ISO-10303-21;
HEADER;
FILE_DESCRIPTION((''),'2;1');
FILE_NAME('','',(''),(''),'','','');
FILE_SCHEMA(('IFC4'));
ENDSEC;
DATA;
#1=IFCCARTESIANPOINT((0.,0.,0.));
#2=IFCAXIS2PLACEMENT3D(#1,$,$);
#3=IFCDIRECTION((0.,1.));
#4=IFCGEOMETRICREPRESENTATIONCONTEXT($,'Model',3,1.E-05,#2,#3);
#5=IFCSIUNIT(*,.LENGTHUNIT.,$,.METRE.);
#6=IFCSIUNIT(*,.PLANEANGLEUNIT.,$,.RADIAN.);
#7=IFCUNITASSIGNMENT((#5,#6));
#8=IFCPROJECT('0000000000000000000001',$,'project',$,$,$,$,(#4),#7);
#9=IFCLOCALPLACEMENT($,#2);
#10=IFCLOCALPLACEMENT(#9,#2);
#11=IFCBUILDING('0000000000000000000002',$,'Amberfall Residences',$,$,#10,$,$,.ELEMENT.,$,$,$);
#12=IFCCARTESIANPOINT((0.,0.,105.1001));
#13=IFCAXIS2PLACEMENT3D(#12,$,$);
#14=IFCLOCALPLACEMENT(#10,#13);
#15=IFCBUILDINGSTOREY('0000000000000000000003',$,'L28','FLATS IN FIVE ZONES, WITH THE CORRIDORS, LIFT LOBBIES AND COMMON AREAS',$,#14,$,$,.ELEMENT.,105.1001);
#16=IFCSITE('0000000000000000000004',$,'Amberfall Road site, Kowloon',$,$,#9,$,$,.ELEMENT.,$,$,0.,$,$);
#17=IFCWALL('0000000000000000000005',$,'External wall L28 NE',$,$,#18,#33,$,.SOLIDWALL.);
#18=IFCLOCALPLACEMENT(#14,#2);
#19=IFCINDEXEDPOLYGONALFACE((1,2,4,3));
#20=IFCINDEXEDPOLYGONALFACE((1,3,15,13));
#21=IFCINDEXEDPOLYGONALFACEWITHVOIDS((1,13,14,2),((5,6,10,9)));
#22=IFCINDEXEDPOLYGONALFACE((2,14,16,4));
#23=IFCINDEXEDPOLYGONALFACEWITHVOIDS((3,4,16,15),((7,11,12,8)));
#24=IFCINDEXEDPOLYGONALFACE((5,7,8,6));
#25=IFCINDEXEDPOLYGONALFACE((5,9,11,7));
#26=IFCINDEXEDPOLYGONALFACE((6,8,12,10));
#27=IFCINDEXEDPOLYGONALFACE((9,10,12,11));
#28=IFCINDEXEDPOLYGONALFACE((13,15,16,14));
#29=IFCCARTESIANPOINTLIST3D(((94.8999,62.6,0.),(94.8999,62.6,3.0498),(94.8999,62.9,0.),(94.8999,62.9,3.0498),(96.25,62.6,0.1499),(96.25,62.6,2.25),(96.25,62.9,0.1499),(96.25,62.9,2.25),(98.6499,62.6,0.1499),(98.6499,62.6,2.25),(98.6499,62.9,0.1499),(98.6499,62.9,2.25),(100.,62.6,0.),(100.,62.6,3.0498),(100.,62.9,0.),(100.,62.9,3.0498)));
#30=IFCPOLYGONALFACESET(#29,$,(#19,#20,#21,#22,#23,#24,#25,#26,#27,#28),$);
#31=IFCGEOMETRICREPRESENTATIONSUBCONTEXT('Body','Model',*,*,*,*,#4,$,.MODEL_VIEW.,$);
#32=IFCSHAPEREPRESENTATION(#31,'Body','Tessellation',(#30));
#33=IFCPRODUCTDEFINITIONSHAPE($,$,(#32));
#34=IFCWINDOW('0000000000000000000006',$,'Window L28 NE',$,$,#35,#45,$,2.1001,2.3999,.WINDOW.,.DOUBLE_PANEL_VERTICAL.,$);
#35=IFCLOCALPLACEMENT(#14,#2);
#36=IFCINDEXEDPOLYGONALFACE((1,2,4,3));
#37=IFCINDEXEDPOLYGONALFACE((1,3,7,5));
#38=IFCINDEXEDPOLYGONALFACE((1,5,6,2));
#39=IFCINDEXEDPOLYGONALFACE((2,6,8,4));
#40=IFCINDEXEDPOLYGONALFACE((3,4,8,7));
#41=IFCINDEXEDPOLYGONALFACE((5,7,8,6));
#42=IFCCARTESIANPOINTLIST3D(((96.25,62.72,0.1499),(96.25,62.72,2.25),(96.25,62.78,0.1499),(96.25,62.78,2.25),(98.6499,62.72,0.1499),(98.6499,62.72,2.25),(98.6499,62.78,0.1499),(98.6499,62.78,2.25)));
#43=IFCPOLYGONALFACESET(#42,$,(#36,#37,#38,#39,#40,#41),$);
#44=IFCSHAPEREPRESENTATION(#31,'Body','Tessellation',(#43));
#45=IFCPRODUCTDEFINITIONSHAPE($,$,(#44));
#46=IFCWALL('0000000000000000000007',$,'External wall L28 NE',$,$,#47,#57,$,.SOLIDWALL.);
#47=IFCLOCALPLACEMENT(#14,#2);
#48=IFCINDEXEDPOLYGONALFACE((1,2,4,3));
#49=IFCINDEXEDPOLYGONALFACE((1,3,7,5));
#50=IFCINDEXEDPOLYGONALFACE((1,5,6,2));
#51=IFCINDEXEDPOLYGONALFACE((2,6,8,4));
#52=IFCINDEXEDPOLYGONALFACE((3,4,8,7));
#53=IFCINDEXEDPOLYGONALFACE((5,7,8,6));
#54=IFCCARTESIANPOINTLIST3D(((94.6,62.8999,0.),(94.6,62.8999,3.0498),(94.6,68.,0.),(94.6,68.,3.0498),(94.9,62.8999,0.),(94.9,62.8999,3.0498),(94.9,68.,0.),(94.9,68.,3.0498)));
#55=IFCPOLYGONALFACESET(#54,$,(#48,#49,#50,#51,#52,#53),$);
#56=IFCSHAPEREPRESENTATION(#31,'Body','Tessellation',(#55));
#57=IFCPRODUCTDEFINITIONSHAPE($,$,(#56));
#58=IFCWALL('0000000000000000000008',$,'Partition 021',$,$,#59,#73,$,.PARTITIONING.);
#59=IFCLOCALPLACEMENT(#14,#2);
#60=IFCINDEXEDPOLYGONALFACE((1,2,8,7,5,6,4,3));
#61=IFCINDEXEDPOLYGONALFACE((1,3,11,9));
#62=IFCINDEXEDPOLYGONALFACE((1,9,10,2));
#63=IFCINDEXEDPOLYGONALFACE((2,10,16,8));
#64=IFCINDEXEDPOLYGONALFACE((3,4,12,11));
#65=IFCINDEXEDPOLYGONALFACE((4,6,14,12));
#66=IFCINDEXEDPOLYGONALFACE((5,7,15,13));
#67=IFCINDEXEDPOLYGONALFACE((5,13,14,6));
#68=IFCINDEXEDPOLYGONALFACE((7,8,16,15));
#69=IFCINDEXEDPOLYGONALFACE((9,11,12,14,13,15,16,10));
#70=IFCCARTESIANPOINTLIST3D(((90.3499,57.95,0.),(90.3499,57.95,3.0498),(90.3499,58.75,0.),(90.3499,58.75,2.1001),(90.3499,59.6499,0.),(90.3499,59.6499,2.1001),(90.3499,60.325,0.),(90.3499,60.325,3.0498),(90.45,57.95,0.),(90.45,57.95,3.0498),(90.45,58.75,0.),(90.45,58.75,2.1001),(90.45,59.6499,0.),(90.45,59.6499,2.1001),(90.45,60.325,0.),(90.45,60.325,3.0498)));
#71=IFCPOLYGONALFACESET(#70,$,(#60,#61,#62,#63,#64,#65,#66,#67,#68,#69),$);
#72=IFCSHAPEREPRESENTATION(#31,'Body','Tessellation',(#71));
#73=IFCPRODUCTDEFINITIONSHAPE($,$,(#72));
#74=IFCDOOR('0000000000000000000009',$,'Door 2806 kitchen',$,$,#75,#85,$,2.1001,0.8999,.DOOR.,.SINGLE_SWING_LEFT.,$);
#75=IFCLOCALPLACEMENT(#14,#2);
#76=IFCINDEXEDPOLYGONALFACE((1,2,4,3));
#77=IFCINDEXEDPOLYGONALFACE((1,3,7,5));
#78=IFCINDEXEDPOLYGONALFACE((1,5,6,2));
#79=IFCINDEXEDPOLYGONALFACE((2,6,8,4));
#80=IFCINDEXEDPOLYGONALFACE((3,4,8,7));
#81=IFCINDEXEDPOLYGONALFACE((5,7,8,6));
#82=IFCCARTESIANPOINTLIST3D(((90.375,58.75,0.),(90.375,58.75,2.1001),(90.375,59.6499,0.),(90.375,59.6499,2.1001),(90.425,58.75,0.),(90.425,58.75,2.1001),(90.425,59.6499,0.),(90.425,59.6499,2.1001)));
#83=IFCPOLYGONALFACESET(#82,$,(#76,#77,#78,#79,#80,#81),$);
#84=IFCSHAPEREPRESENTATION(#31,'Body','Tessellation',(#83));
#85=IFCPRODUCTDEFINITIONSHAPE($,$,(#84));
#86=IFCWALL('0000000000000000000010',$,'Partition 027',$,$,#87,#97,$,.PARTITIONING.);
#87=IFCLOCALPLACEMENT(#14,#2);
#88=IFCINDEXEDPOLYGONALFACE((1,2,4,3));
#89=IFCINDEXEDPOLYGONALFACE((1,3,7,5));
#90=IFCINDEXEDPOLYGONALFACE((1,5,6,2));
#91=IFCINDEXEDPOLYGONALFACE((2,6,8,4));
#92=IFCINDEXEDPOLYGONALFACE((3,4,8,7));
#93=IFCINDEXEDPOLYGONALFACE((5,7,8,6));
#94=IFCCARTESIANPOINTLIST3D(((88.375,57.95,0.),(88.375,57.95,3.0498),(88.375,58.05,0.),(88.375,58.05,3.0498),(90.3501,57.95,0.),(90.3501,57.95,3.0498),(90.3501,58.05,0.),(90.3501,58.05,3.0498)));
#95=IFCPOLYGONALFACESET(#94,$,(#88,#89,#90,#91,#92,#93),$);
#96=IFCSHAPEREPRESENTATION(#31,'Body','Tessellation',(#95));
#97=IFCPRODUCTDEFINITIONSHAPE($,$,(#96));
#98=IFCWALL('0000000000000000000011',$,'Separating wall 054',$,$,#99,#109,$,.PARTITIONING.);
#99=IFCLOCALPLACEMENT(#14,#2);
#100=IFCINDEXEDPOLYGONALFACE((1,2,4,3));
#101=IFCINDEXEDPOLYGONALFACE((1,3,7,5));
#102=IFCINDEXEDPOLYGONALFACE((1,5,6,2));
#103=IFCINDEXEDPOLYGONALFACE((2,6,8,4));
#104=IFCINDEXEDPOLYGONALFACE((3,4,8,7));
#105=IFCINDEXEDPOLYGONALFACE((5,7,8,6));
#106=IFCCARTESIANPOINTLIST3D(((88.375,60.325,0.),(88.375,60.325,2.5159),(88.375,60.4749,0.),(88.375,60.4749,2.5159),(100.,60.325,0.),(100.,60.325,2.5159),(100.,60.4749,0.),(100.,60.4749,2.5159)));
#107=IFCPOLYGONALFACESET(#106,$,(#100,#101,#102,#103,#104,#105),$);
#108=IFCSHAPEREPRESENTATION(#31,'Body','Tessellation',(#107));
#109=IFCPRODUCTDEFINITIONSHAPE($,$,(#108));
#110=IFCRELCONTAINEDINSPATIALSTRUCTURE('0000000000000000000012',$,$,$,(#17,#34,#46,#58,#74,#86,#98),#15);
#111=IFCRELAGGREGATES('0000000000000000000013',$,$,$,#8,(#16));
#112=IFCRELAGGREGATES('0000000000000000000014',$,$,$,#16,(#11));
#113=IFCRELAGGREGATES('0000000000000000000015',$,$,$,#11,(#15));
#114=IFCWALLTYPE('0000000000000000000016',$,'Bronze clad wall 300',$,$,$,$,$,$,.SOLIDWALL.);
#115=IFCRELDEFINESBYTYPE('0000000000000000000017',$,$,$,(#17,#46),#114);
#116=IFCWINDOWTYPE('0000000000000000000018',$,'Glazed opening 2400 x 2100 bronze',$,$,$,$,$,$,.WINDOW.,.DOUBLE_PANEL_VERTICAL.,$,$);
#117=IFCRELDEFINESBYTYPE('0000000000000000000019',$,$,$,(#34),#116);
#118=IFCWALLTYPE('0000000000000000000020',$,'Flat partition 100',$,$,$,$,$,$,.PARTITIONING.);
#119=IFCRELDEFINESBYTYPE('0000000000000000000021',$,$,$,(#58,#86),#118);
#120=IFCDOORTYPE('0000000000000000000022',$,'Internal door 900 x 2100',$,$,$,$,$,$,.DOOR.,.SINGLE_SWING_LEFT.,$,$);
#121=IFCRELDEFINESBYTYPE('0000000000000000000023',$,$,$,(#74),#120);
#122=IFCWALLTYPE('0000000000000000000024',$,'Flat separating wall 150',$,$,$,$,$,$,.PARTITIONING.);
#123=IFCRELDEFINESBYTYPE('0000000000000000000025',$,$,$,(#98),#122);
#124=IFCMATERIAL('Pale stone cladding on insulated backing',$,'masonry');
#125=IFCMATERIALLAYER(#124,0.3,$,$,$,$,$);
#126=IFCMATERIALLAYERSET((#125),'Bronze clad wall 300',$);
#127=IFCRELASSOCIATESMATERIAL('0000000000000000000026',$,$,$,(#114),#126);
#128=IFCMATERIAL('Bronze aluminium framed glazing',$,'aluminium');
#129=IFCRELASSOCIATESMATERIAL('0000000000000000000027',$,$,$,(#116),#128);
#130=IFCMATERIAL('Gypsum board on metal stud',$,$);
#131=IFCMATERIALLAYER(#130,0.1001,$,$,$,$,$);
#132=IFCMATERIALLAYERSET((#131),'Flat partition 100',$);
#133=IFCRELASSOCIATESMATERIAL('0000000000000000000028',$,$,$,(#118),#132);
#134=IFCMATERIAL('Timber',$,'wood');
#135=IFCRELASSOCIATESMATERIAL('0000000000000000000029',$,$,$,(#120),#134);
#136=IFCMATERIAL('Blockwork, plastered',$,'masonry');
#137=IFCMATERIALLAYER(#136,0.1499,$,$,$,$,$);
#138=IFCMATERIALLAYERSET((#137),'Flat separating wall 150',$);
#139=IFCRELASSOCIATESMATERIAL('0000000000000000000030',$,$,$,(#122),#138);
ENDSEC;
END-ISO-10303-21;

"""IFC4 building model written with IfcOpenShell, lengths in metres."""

from ifc_helpers import new_model, si_unit, direction, frame, frame_2d, origin, place, context, subcontext, project, spatial, rectangle, extrude, material, layer, layer_set, type_object, element, fill, save


model = new_model("IFC4")

# Units and contexts
model_context = context("Model", 3, precision=1e-05, world=origin(), true_north=direction((0.0, 1.0)))
body_context = subcontext(model_context, "Body", "Model", "MODEL_VIEW")
ifc_project = project(units=[si_unit("LENGTHUNIT", "METRE"), si_unit("PLANEANGLEUNIT", "RADIAN")], contexts=[model_context])

# Site, building, storey
site_placement = place(None, origin())
site = spatial("IfcSite", under=ifc_project, at=site_placement, Name="Amberfall Road site, Kowloon", CompositionType="ELEMENT", RefElevation=0.0)
building_placement = place(site_placement, origin())
building = spatial("IfcBuilding", under=site, at=building_placement, Name="Amberfall Residences", CompositionType="ELEMENT")
storey_placement = place(building_placement, frame((0.0, 0.0, 105.1001)))
storey = spatial("IfcBuildingStorey", under=building, at=storey_placement, Name="L28", Description="FLATS IN FIVE ZONES, WITH THE CORRIDORS, LIFT LOBBIES AND COMMON AREAS", CompositionType="ELEMENT", Elevation=105.1001)

# Wall, opening, window
ifc_material_1 = material(Name="Pale stone cladding on insulated backing", Category="masonry")
ifc_layer_1 = layer(ifc_material_1, 0.3)
ifc_layer_set_1 = layer_set([ifc_layer_1], Name="Bronze clad wall 300")
wall_type_1 = type_object("IfcWallType", Name="Bronze clad wall 300", PredefinedType="SOLIDWALL", material=ifc_layer_set_1)
wall_1_placement = place(storey_placement, frame((100.0, 62.75, 0.0), z_axis=(0.0, 0.0, 1.0), x_axis=(-1.0, 0.0, 0.0)))
wall_1 = element("IfcWall", 1, at=wall_1_placement, inside=storey, type_object=wall_type_1, Name="External wall L28 NE", PredefinedType="SOLIDWALL", context=body_context, shape_type="SweptSolid", body=[
    extrude(rectangle(XDim=5.1001, YDim=0.3, at=frame_2d((2.55, 0.0))), origin(), (0.0, 0.0, 1.0), 3.0498),
])
opening_1_placement = place(wall_1_placement, frame((1.3501, 0.0, 0.1499)))
opening_1 = element("IfcOpeningElement", 2, at=opening_1_placement, cuts=wall_1, PredefinedType="OPENING", context=body_context, shape_type="SweptSolid", body=[
    extrude(rectangle(XDim=2.3999, YDim=2.1001, at=frame_2d((1.2, 1.05))), frame((0.0, 0.1599, 0.0), z_axis=(0.0, -1.0, 0.0), x_axis=(1.0, 0.0, 0.0)), (0.0, 0.0, 1.0), 0.3201),
])
ifc_material_2 = material(Name="Bronze aluminium framed glazing", Category="aluminium")
window_type = type_object("IfcWindowType", Name="Glazed opening 2400 x 2100 bronze", PartitioningType="DOUBLE_PANEL_VERTICAL", PredefinedType="WINDOW", material=ifc_material_2)
window_placement = place(opening_1_placement, origin())
window = element("IfcWindow", 3, at=window_placement, inside=storey, type_object=window_type, Name="Window L28 NE", OverallHeight=2.1001, OverallWidth=2.3999, PartitioningType="DOUBLE_PANEL_VERTICAL", PredefinedType="WINDOW", context=body_context, shape_type="SweptSolid", body=[
    extrude(rectangle(XDim=2.3999, YDim=2.1001, at=frame_2d((1.2, 1.05))), frame((0.0, 0.03, 0.0), z_axis=(0.0, -1.0, 0.0), x_axis=(1.0, 0.0, 0.0)), (0.0, 0.0, 1.0), 0.0601),
])
fill(opening_1, window)

# Wall
wall_2_placement = place(storey_placement, frame((94.75, 62.8999, 0.0), z_axis=(0.0, 0.0, 1.0), x_axis=(0.0, 1.0, 0.0)))
element("IfcWall", 4, at=wall_2_placement, inside=storey, type_object=wall_type_1, Name="External wall L28 NE", PredefinedType="SOLIDWALL", context=body_context, shape_type="SweptSolid", body=[
    extrude(rectangle(XDim=5.1001, YDim=0.3, at=frame_2d((2.55, 0.0))), origin(), (0.0, 0.0, 1.0), 3.0498),
])

# Wall, opening, door
ifc_material_3 = material(Name="Gypsum board on metal stud")
ifc_layer_2 = layer(ifc_material_3, 0.1001)
ifc_layer_set_2 = layer_set([ifc_layer_2], Name="Flat partition 100")
wall_type_2 = type_object("IfcWallType", Name="Flat partition 100", PredefinedType="PARTITIONING", material=ifc_layer_set_2)
wall_3_placement = place(storey_placement, frame((90.3999, 57.95, 0.0), z_axis=(0.0, 0.0, 1.0), x_axis=(0.0, 1.0, 0.0)))
wall_3 = element("IfcWall", 5, at=wall_3_placement, inside=storey, type_object=wall_type_2, Name="Partition 021", PredefinedType="PARTITIONING", context=body_context, shape_type="SweptSolid", body=[
    extrude(rectangle(XDim=2.375, YDim=0.1001, at=frame_2d((1.1875, 0.0))), origin(), (0.0, 0.0, 1.0), 3.0498),
])
opening_2_placement = place(wall_3_placement, frame((0.8, 0.0, 0.0)))
opening_2 = element("IfcOpeningElement", 6, at=opening_2_placement, cuts=wall_3, PredefinedType="OPENING", context=body_context, shape_type="SweptSolid", body=[
    extrude(rectangle(XDim=0.8999, YDim=2.1001, at=frame_2d((0.45, 1.05))), frame((0.0, 0.0601, 0.0), z_axis=(0.0, -1.0, 0.0), x_axis=(1.0, 0.0, 0.0)), (0.0, 0.0, 1.0), 0.1201),
])
ifc_material_4 = material(Name="Timber", Category="wood")
door_type = type_object("IfcDoorType", Name="Internal door 900 x 2100", OperationType="SINGLE_SWING_LEFT", PredefinedType="DOOR", material=ifc_material_4)
door_placement = place(opening_2_placement, origin())
door = element("IfcDoor", 7, at=door_placement, inside=storey, type_object=door_type, Name="Door 2806 kitchen", OperationType="SINGLE_SWING_LEFT", OverallHeight=2.1001, OverallWidth=0.8999, PredefinedType="DOOR", context=body_context, shape_type="SweptSolid", body=[
    extrude(rectangle(XDim=0.8999, YDim=2.1001, at=frame_2d((0.45, 1.05))), frame((0.0, 0.0249, 0.0), z_axis=(0.0, -1.0, 0.0), x_axis=(1.0, 0.0, 0.0)), (0.0, 0.0, 1.0), 0.05),
])
fill(opening_2, door)

# Walls
wall_4_placement = place(storey_placement, frame((88.375, 58.0, 0.0), z_axis=(0.0, 0.0, 1.0), x_axis=(1.0, 0.0, 0.0)))
element("IfcWall", 8, at=wall_4_placement, inside=storey, type_object=wall_type_2, Name="Partition 027", PredefinedType="PARTITIONING", context=body_context, shape_type="SweptSolid", body=[
    extrude(rectangle(XDim=1.9751, YDim=0.1001, at=frame_2d((0.9875, 0.0))), origin(), (0.0, 0.0, 1.0), 3.0498),
])
ifc_material_5 = material(Name="Blockwork, plastered", Category="masonry")
ifc_layer_3 = layer(ifc_material_5, 0.1499)
ifc_layer_set_3 = layer_set([ifc_layer_3], Name="Flat separating wall 150")
wall_type_3 = type_object("IfcWallType", Name="Flat separating wall 150", PredefinedType="PARTITIONING", material=ifc_layer_set_3)
wall_5_placement = place(storey_placement, frame((88.375, 60.3999, 0.0), z_axis=(0.0, 0.0, 1.0), x_axis=(1.0, 0.0, 0.0)))
element("IfcWall", 9, at=wall_5_placement, inside=storey, type_object=wall_type_3, Name="Separating wall 054", PredefinedType="PARTITIONING", context=body_context, shape_type="SweptSolid", body=[
    extrude(rectangle(XDim=11.625, YDim=0.1499, at=frame_2d((5.8125, 0.0))), origin(), (0.0, 0.0, 1.0), 2.5159),
])

save(model, "model.ifc")
